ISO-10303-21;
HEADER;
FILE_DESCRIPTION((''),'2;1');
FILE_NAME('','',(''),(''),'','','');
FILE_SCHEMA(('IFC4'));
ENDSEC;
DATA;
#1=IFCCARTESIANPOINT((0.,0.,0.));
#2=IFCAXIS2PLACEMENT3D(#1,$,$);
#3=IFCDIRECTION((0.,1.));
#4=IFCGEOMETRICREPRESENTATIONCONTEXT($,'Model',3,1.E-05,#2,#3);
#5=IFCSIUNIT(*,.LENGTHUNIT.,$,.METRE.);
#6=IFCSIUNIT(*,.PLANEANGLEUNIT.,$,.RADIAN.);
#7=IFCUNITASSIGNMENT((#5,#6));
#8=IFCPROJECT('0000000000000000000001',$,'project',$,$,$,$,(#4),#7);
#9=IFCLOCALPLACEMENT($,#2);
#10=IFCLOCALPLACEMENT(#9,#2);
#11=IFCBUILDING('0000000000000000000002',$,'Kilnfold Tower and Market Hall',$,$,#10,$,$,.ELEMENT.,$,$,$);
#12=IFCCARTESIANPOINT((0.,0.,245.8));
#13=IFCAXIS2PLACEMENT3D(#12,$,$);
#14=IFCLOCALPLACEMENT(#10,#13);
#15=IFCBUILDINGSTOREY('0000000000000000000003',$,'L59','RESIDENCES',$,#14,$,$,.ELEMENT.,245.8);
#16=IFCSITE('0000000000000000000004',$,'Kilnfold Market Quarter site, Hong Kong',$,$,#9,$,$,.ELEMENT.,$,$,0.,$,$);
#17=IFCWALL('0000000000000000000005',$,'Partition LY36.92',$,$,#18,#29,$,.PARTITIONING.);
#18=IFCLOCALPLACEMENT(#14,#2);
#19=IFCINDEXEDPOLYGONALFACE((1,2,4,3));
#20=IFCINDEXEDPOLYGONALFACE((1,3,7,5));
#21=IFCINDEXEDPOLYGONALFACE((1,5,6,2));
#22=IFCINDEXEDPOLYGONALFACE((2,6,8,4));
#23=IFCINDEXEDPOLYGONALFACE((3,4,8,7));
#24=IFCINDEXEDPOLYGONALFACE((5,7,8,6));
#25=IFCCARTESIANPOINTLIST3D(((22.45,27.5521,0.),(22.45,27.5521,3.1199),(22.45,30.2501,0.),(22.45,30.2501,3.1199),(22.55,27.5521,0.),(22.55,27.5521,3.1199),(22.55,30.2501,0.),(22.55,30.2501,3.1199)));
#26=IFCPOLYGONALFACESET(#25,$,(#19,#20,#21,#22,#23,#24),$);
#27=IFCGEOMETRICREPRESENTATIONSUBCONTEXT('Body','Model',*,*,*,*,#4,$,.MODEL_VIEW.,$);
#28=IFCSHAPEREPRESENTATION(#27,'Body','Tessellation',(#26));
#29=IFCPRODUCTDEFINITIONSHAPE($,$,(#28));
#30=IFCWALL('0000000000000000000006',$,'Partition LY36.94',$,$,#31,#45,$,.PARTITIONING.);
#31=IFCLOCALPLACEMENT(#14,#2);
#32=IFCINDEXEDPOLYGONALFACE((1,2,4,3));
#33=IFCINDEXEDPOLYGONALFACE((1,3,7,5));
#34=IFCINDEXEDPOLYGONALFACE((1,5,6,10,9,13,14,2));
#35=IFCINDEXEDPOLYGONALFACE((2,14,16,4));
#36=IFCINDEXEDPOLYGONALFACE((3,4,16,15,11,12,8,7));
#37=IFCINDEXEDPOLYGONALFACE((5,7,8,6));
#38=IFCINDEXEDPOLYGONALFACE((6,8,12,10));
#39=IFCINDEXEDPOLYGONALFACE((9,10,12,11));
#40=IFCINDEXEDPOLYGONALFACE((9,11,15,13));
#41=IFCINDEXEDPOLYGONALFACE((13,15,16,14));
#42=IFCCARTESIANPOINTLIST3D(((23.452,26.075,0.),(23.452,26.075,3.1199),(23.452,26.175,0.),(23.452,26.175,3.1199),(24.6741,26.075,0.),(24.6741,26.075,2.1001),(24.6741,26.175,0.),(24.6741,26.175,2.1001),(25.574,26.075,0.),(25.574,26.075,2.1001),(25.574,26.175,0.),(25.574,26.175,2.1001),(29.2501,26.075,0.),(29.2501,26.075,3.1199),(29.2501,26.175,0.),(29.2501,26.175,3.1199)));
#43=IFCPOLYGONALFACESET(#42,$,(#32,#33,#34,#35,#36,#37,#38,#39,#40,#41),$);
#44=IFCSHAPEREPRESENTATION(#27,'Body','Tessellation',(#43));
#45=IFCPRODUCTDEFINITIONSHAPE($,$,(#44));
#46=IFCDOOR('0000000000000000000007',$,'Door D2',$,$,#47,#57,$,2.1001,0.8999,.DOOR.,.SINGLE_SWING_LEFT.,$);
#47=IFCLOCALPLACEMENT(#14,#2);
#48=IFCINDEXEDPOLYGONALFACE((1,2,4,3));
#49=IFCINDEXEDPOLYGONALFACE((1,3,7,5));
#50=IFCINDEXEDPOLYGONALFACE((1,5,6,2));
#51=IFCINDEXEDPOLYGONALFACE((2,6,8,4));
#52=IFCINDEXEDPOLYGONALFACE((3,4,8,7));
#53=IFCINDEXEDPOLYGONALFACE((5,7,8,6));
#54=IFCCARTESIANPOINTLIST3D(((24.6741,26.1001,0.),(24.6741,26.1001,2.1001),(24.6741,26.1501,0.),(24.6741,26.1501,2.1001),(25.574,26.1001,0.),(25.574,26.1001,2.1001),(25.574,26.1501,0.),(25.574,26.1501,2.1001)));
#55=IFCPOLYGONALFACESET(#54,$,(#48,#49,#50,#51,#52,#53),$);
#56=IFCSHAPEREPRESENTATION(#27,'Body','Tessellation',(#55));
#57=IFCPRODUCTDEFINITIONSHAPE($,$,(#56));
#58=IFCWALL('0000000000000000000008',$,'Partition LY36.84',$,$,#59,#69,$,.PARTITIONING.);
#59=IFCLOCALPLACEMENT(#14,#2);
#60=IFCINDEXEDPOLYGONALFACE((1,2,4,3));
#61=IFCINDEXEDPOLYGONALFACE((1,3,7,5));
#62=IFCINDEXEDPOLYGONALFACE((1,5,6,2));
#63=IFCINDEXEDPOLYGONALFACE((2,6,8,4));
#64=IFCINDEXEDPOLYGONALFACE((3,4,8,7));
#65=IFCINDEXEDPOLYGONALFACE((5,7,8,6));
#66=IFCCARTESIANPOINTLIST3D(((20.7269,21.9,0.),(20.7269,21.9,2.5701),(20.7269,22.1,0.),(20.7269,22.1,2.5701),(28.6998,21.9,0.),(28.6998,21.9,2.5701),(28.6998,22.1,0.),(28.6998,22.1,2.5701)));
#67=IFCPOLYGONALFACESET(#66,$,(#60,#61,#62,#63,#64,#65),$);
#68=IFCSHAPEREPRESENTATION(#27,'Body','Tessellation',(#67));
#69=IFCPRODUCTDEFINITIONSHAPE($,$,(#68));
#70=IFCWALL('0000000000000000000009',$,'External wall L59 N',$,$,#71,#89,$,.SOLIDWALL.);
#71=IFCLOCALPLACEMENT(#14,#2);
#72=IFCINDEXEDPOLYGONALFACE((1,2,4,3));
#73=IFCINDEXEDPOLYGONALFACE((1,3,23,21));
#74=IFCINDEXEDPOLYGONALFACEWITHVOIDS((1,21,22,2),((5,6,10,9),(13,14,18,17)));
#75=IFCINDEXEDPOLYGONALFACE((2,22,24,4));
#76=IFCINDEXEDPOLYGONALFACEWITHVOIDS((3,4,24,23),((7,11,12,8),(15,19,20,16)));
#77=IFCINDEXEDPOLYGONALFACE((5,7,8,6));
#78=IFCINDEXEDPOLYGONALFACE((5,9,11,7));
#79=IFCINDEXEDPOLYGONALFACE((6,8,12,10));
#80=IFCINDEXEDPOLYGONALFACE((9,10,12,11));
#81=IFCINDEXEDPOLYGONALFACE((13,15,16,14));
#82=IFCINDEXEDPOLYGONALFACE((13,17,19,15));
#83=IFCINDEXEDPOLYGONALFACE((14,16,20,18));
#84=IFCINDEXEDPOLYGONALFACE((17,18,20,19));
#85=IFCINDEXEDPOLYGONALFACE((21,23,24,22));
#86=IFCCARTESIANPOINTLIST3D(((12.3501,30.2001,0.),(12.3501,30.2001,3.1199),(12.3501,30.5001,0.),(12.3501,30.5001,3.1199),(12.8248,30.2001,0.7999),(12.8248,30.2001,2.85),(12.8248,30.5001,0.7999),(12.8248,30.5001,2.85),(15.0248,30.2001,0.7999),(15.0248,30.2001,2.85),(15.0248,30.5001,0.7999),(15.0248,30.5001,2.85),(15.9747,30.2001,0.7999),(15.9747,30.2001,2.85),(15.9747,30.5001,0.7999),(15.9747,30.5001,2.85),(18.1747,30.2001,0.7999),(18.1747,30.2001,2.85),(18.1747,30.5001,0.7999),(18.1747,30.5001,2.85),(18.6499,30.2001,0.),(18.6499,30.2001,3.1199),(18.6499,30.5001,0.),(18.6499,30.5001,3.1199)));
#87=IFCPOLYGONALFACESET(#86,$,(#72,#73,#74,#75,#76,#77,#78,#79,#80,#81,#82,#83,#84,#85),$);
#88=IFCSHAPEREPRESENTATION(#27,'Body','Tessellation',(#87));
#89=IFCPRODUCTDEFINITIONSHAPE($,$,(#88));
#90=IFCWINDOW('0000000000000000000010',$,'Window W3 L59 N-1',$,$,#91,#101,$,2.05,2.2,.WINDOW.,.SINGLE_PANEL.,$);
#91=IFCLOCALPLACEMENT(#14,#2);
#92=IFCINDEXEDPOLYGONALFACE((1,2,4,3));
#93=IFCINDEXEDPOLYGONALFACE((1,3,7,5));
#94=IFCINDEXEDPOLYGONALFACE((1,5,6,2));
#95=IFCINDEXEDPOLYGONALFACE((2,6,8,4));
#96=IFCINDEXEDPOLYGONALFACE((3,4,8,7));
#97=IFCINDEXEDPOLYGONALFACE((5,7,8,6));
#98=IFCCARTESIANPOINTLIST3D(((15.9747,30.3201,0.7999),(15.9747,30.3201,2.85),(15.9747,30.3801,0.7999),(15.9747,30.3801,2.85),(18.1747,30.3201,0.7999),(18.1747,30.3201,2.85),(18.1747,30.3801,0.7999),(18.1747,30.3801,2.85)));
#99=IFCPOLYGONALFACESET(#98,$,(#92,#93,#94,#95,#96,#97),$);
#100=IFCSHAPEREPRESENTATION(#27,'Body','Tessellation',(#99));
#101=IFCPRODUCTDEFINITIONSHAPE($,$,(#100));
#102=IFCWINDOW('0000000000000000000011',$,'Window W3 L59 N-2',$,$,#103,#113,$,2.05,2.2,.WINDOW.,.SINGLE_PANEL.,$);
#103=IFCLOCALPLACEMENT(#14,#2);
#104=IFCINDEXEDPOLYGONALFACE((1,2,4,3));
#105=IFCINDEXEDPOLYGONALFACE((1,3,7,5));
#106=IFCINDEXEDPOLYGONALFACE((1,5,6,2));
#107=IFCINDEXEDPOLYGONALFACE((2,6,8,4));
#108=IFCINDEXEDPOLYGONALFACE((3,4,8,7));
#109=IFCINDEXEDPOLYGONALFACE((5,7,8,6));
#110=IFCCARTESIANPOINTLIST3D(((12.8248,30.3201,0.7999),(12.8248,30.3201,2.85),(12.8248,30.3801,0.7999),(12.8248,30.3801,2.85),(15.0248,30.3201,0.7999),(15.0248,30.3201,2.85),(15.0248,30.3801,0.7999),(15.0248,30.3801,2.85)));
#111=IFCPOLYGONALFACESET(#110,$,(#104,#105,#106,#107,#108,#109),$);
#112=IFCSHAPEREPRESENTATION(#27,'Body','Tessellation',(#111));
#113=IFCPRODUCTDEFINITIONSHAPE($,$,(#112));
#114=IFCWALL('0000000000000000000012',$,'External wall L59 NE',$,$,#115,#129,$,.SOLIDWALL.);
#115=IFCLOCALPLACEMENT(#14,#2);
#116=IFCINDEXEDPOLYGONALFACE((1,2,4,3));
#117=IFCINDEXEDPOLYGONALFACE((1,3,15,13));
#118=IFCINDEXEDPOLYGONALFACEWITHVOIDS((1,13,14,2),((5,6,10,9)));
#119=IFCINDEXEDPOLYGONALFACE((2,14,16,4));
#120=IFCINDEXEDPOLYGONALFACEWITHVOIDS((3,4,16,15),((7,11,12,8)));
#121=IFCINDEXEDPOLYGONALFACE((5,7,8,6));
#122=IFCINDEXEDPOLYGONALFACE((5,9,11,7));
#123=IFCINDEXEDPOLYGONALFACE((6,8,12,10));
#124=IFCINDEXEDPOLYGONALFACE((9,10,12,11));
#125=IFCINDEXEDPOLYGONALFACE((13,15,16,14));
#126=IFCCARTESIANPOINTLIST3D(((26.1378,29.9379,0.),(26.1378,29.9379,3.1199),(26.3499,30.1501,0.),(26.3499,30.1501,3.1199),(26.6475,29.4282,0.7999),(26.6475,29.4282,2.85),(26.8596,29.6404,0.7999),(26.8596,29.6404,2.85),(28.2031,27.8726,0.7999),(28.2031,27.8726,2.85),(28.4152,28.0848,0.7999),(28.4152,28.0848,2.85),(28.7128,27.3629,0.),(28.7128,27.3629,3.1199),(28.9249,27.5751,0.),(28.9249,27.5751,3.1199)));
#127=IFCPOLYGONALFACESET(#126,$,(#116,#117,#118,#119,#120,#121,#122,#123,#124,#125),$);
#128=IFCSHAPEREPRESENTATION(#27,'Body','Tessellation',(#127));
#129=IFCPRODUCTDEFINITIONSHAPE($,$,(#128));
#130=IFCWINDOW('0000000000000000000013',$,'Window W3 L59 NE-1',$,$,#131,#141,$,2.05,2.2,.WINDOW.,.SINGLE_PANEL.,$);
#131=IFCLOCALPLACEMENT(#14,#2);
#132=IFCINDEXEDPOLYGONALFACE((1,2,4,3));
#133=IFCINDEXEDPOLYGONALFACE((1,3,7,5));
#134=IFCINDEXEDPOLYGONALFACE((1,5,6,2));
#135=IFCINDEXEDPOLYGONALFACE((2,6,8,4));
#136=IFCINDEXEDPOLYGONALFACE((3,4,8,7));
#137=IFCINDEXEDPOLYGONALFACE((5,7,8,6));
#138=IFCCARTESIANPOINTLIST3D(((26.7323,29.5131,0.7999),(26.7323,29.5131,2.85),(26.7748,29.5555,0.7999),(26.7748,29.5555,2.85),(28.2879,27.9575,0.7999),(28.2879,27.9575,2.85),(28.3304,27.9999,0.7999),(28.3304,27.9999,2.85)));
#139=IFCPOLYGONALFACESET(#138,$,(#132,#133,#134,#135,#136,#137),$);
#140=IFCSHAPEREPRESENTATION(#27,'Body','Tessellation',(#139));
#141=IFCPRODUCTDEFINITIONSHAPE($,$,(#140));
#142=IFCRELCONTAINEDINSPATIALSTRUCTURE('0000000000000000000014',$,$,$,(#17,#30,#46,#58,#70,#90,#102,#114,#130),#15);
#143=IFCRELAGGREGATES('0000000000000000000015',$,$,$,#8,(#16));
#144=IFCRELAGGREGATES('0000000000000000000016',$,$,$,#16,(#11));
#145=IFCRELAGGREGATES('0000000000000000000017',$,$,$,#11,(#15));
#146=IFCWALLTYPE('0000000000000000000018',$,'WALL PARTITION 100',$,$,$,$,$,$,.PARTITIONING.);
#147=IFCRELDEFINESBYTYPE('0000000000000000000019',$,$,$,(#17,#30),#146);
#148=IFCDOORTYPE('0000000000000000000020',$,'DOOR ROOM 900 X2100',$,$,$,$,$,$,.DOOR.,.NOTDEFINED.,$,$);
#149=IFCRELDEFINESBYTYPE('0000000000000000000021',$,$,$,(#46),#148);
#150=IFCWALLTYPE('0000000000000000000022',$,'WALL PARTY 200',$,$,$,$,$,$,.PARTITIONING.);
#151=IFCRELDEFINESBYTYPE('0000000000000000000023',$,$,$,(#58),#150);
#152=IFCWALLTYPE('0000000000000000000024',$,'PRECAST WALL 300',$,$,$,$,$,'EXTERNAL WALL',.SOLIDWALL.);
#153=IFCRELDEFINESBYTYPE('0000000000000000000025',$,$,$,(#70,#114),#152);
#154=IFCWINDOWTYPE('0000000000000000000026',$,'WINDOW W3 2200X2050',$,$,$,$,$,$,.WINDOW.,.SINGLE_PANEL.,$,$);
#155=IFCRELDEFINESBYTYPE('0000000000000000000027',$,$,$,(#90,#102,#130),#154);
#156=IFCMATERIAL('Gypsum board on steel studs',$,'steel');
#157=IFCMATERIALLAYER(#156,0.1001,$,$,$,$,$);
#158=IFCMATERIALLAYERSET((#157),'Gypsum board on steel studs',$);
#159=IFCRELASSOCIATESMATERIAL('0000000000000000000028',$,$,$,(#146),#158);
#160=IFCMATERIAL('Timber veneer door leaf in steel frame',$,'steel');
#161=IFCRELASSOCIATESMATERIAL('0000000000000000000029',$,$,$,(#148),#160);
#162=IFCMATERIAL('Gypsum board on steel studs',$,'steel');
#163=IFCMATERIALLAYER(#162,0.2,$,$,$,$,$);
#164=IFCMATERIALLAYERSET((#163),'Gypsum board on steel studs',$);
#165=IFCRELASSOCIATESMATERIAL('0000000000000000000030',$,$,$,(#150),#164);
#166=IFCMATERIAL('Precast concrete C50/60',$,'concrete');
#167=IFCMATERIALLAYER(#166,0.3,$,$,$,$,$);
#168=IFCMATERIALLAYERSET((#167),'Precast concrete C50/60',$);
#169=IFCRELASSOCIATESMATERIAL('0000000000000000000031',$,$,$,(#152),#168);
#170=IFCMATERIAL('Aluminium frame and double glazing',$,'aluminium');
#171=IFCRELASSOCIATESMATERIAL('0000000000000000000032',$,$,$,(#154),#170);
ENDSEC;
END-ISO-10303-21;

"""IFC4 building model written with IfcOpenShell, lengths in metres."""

from ifc_helpers import new_model, si_unit, direction, frame, frame_2d, origin, place, context, subcontext, project, spatial, rectangle, extrude, source, transform, mapped, material, layer, layer_set, type_object, element, fill, save


model = new_model("IFC4")

# Units and contexts
model_context = context("Model", 3, precision=1e-05, world=origin(), true_north=direction((0.0, 1.0)))
body_context = subcontext(model_context, "Body", "Model", "MODEL_VIEW")
ifc_project = project(units=[si_unit("LENGTHUNIT", "METRE"), si_unit("PLANEANGLEUNIT", "RADIAN")], contexts=[model_context])

# Site, building, storey
site_placement = place(None, origin())
site = spatial("IfcSite", under=ifc_project, at=site_placement, Name="Kilnfold Market Quarter site, Hong Kong", CompositionType="ELEMENT", RefElevation=0.0)
building_placement = place(site_placement, origin())
building = spatial("IfcBuilding", under=site, at=building_placement, Name="Kilnfold Tower and Market Hall", CompositionType="ELEMENT")
storey_placement = place(building_placement, frame((0.0, 0.0, 245.8)))
storey = spatial("IfcBuildingStorey", under=building, at=storey_placement, Name="L59", Description="RESIDENCES", CompositionType="ELEMENT", Elevation=245.8)

# Shared definitions
ifc_material_1 = material(Name="Gypsum board on steel studs", Category="steel")
ifc_layer_1 = layer(ifc_material_1, 0.1001)
ifc_layer_set_1 = layer_set([ifc_layer_1], Name="Gypsum board on steel studs")
wall_type_1 = type_object("IfcWallType", Name="WALL PARTITION 100", PredefinedType="PARTITIONING", material=ifc_layer_set_1)
ifc_material_2 = material(Name="Timber veneer door leaf in steel frame", Category="steel")
door_type_1 = type_object("IfcDoorType", Name="DOOR ROOM 900 X2100", OperationType="NOTDEFINED", PredefinedType="DOOR", material=ifc_material_2)

# Wall
wall_1_placement = place(storey_placement, frame((22.5, 27.552, 0.0), z_axis=(0.0, 0.0, 1.0), x_axis=(0.0, 1.0, 0.0)))
element("IfcWall", 1, at=wall_1_placement, inside=storey, type_object=wall_type_1, Name="Partition LY36.92", PredefinedType="PARTITIONING", context=body_context, shape_type="SweptSolid", body=[
    extrude(rectangle(XDim=2.698, YDim=0.1001, at=frame_2d((1.3491, 0.0))), origin(), (0.0, 0.0, 1.0), 3.1199),
])

# Wall, opening, door
wall_2_placement = place(storey_placement, frame((29.25, 26.125, 0.0), z_axis=(0.0, 0.0, 1.0), x_axis=(-1.0, 0.0, 0.0)))
wall_2 = element("IfcWall", 2, at=wall_2_placement, inside=storey, type_object=wall_type_1, Name="Partition LY36.94", PredefinedType="PARTITIONING", context=body_context, shape_type="SweptSolid", body=[
    extrude(rectangle(XDim=5.7981, YDim=0.1001, at=frame_2d((2.8989, 0.0))), origin(), (0.0, 0.0, 1.0), 3.1199),
])
opening_1_placement = place(wall_2_placement, frame((3.676, 0.0, 0.0)))
opening_1 = element("IfcOpeningElement", 3, at=opening_1_placement, cuts=wall_2, PredefinedType="OPENING", context=body_context, shape_type="SweptSolid", body=[
    extrude(rectangle(XDim=0.8999, YDim=2.1001, at=frame_2d((0.45, 1.05))), frame((0.0, 0.0601, 0.0), z_axis=(0.0, -1.0, 0.0), x_axis=(1.0, 0.0, 0.0)), (0.0, 0.0, 1.0), 0.1201),
])
door_1_placement = place(opening_1_placement, origin())
door_1 = element("IfcDoor", 4, at=door_1_placement, inside=storey, type_object=door_type_1, Name="Door D2", OperationType="SINGLE_SWING_LEFT", OverallHeight=2.1001, OverallWidth=0.8999, PredefinedType="DOOR", context=body_context, shape_type="SweptSolid", body=[
    extrude(rectangle(XDim=0.8999, YDim=2.1001, at=frame_2d((0.45, 1.05))), frame((0.0, 0.0249, 0.0), z_axis=(0.0, -1.0, 0.0), x_axis=(1.0, 0.0, 0.0)), (0.0, 0.0, 1.0), 0.05),
])
fill(opening_1, door_1)

# Wall
ifc_material_3 = material(Name="Gypsum board on steel studs", Category="steel")
ifc_layer_2 = layer(ifc_material_3, 0.2)
ifc_layer_set_2 = layer_set([ifc_layer_2], Name="Gypsum board on steel studs")
wall_type_2 = type_object("IfcWallType", Name="WALL PARTY 200", PredefinedType="PARTITIONING", material=ifc_layer_set_2)
wall_3_placement = place(storey_placement, frame((20.7271, 22.0, 0.0), z_axis=(0.0, 0.0, 1.0), x_axis=(1.0, 0.0, 0.0)))
element("IfcWall", 5, at=wall_3_placement, inside=storey, type_object=wall_type_2, Name="Partition LY36.84", PredefinedType="PARTITIONING", context=body_context, shape_type="SweptSolid", body=[
    extrude(rectangle(XDim=7.9729, YDim=0.2, at=frame_2d((3.9863, 0.0))), origin(), (0.0, 0.0, 1.0), 2.5701),
])

# Wall, openings, windows
ifc_material_4 = material(Name="Precast concrete C50/60", Category="concrete")
ifc_layer_3 = layer(ifc_material_4, 0.3)
ifc_layer_set_3 = layer_set([ifc_layer_3], Name="Precast concrete C50/60")
wall_type_3 = type_object("IfcWallType", Name="PRECAST WALL 300", ElementType="EXTERNAL WALL", PredefinedType="SOLIDWALL", material=ifc_layer_set_3)
shared_shape_1 = source(origin(), body_context, "Body", "SweptSolid", [
    extrude(rectangle(XDim=6.2998, YDim=0.3, at=frame_2d((3.1499, 0.0))), origin(), (0.0, 0.0, 1.0), 3.1199),
])
wall_4_placement = place(storey_placement, frame((18.6499, 30.3501, 0.0), z_axis=(0.0, 0.0, 1.0), x_axis=(-1.0, 0.0, 0.0)))
wall_4 = element("IfcWall", 6, at=wall_4_placement, inside=storey, type_object=wall_type_3, Name="External wall L59 N", PredefinedType="SOLIDWALL", context=body_context, shape_type="MappedRepresentation", body=[
    mapped(shared_shape_1, transform((0.0, 0.0, 0.0))),
])
opening_2_placement = place(wall_4_placement, frame((0.4751, 0.0, 0.8)))
opening_2 = element("IfcOpeningElement", 7, at=opening_2_placement, cuts=wall_4, PredefinedType="OPENING", context=body_context, shape_type="SweptSolid", body=[
    extrude(rectangle(XDim=2.2, YDim=2.05, at=frame_2d((1.1001, 1.0249))), frame((0.0, 0.1602, 0.0), z_axis=(0.0, -1.0, 0.0), x_axis=(1.0, 0.0, 0.0)), (0.0, 0.0, 1.0), 0.3201),
])
opening_3_placement = place(wall_4_placement, frame((3.625, 0.0, 0.8)))
opening_3 = element("IfcOpeningElement", 8, at=opening_3_placement, cuts=wall_4, PredefinedType="OPENING", context=body_context, shape_type="SweptSolid", body=[
    extrude(rectangle(XDim=2.2, YDim=2.05, at=frame_2d((1.1001, 1.0249))), frame((0.0, 0.1602, 0.0), z_axis=(0.0, -1.0, 0.0), x_axis=(1.0, 0.0, 0.0)), (0.0, 0.0, 1.0), 0.3201),
])
ifc_material_5 = material(Name="Aluminium frame and double glazing", Category="aluminium")
window_type_1 = type_object("IfcWindowType", Name="WINDOW W3 2200X2050", PartitioningType="SINGLE_PANEL", PredefinedType="WINDOW", material=ifc_material_5)
window_1_placement = place(opening_2_placement, origin())
window_1 = element("IfcWindow", 9, at=window_1_placement, inside=storey, type_object=window_type_1, Name="Window W3 L59 N-1", OverallHeight=2.05, OverallWidth=2.2, PartitioningType="SINGLE_PANEL", PredefinedType="WINDOW", context=body_context, shape_type="SweptSolid", body=[
    extrude(rectangle(XDim=2.2, YDim=2.05, at=frame_2d((1.1001, 1.0249))), frame((0.0, 0.03, 0.0), z_axis=(0.0, -1.0, 0.0), x_axis=(1.0, 0.0, 0.0)), (0.0, 0.0, 1.0), 0.0601),
])
fill(opening_2, window_1)
window_2_placement = place(opening_3_placement, origin())
window_2 = element("IfcWindow", 10, at=window_2_placement, inside=storey, type_object=window_type_1, Name="Window W3 L59 N-2", OverallHeight=2.05, OverallWidth=2.2, PartitioningType="SINGLE_PANEL", PredefinedType="WINDOW", context=body_context, shape_type="SweptSolid", body=[
    extrude(rectangle(XDim=2.2, YDim=2.05, at=frame_2d((1.1001, 1.0249))), frame((0.0, 0.03, 0.0), z_axis=(0.0, -1.0, 0.0), x_axis=(1.0, 0.0, 0.0)), (0.0, 0.0, 1.0), 0.0601),
])
fill(opening_3, window_2)

# Wall, opening, window
shared_shape_2 = source(origin(), body_context, "Body", "SweptSolid", [
    extrude(rectangle(XDim=3.6416, YDim=0.3, at=frame_2d((1.8208, 0.0))), origin(), (0.0, 0.0, 1.0), 3.1199),
])
wall_5_placement = place(storey_placement, frame((28.8188, 27.469, 0.0), z_axis=(0.0, 0.0, 1.0), x_axis=(-0.707107, 0.707107, 0.0)))
wall_5 = element("IfcWall", 11, at=wall_5_placement, inside=storey, type_object=wall_type_3, Name="External wall L59 NE", PredefinedType="SOLIDWALL", context=body_context, shape_type="MappedRepresentation", body=[
    mapped(shared_shape_2, transform((0.0, 0.0, 0.0))),
])
opening_4_placement = place(wall_5_placement, frame((0.7207, 0.0, 0.8)))
opening_4 = element("IfcOpeningElement", 12, at=opening_4_placement, cuts=wall_5, PredefinedType="OPENING", context=body_context, shape_type="SweptSolid", body=[
    extrude(rectangle(XDim=2.2, YDim=2.05, at=frame_2d((1.1001, 1.0249))), frame((0.0, 0.1602, 0.0), z_axis=(0.0, -1.0, 0.0), x_axis=(1.0, 0.0, 0.0)), (0.0, 0.0, 1.0), 0.3201),
])
window_3_placement = place(opening_4_placement, origin())
window_3 = element("IfcWindow", 13, at=window_3_placement, inside=storey, type_object=window_type_1, Name="Window W3 L59 NE-1", OverallHeight=2.05, OverallWidth=2.2, PartitioningType="SINGLE_PANEL", PredefinedType="WINDOW", context=body_context, shape_type="SweptSolid", body=[
    extrude(rectangle(XDim=2.2, YDim=2.05, at=frame_2d((1.1001, 1.0249))), frame((0.0, 0.03, 0.0), z_axis=(0.0, -1.0, 0.0), x_axis=(1.0, 0.0, 0.0)), (0.0, 0.0, 1.0), 0.0601),
])
fill(opening_4, window_3)

save(model, "model.ifc")
